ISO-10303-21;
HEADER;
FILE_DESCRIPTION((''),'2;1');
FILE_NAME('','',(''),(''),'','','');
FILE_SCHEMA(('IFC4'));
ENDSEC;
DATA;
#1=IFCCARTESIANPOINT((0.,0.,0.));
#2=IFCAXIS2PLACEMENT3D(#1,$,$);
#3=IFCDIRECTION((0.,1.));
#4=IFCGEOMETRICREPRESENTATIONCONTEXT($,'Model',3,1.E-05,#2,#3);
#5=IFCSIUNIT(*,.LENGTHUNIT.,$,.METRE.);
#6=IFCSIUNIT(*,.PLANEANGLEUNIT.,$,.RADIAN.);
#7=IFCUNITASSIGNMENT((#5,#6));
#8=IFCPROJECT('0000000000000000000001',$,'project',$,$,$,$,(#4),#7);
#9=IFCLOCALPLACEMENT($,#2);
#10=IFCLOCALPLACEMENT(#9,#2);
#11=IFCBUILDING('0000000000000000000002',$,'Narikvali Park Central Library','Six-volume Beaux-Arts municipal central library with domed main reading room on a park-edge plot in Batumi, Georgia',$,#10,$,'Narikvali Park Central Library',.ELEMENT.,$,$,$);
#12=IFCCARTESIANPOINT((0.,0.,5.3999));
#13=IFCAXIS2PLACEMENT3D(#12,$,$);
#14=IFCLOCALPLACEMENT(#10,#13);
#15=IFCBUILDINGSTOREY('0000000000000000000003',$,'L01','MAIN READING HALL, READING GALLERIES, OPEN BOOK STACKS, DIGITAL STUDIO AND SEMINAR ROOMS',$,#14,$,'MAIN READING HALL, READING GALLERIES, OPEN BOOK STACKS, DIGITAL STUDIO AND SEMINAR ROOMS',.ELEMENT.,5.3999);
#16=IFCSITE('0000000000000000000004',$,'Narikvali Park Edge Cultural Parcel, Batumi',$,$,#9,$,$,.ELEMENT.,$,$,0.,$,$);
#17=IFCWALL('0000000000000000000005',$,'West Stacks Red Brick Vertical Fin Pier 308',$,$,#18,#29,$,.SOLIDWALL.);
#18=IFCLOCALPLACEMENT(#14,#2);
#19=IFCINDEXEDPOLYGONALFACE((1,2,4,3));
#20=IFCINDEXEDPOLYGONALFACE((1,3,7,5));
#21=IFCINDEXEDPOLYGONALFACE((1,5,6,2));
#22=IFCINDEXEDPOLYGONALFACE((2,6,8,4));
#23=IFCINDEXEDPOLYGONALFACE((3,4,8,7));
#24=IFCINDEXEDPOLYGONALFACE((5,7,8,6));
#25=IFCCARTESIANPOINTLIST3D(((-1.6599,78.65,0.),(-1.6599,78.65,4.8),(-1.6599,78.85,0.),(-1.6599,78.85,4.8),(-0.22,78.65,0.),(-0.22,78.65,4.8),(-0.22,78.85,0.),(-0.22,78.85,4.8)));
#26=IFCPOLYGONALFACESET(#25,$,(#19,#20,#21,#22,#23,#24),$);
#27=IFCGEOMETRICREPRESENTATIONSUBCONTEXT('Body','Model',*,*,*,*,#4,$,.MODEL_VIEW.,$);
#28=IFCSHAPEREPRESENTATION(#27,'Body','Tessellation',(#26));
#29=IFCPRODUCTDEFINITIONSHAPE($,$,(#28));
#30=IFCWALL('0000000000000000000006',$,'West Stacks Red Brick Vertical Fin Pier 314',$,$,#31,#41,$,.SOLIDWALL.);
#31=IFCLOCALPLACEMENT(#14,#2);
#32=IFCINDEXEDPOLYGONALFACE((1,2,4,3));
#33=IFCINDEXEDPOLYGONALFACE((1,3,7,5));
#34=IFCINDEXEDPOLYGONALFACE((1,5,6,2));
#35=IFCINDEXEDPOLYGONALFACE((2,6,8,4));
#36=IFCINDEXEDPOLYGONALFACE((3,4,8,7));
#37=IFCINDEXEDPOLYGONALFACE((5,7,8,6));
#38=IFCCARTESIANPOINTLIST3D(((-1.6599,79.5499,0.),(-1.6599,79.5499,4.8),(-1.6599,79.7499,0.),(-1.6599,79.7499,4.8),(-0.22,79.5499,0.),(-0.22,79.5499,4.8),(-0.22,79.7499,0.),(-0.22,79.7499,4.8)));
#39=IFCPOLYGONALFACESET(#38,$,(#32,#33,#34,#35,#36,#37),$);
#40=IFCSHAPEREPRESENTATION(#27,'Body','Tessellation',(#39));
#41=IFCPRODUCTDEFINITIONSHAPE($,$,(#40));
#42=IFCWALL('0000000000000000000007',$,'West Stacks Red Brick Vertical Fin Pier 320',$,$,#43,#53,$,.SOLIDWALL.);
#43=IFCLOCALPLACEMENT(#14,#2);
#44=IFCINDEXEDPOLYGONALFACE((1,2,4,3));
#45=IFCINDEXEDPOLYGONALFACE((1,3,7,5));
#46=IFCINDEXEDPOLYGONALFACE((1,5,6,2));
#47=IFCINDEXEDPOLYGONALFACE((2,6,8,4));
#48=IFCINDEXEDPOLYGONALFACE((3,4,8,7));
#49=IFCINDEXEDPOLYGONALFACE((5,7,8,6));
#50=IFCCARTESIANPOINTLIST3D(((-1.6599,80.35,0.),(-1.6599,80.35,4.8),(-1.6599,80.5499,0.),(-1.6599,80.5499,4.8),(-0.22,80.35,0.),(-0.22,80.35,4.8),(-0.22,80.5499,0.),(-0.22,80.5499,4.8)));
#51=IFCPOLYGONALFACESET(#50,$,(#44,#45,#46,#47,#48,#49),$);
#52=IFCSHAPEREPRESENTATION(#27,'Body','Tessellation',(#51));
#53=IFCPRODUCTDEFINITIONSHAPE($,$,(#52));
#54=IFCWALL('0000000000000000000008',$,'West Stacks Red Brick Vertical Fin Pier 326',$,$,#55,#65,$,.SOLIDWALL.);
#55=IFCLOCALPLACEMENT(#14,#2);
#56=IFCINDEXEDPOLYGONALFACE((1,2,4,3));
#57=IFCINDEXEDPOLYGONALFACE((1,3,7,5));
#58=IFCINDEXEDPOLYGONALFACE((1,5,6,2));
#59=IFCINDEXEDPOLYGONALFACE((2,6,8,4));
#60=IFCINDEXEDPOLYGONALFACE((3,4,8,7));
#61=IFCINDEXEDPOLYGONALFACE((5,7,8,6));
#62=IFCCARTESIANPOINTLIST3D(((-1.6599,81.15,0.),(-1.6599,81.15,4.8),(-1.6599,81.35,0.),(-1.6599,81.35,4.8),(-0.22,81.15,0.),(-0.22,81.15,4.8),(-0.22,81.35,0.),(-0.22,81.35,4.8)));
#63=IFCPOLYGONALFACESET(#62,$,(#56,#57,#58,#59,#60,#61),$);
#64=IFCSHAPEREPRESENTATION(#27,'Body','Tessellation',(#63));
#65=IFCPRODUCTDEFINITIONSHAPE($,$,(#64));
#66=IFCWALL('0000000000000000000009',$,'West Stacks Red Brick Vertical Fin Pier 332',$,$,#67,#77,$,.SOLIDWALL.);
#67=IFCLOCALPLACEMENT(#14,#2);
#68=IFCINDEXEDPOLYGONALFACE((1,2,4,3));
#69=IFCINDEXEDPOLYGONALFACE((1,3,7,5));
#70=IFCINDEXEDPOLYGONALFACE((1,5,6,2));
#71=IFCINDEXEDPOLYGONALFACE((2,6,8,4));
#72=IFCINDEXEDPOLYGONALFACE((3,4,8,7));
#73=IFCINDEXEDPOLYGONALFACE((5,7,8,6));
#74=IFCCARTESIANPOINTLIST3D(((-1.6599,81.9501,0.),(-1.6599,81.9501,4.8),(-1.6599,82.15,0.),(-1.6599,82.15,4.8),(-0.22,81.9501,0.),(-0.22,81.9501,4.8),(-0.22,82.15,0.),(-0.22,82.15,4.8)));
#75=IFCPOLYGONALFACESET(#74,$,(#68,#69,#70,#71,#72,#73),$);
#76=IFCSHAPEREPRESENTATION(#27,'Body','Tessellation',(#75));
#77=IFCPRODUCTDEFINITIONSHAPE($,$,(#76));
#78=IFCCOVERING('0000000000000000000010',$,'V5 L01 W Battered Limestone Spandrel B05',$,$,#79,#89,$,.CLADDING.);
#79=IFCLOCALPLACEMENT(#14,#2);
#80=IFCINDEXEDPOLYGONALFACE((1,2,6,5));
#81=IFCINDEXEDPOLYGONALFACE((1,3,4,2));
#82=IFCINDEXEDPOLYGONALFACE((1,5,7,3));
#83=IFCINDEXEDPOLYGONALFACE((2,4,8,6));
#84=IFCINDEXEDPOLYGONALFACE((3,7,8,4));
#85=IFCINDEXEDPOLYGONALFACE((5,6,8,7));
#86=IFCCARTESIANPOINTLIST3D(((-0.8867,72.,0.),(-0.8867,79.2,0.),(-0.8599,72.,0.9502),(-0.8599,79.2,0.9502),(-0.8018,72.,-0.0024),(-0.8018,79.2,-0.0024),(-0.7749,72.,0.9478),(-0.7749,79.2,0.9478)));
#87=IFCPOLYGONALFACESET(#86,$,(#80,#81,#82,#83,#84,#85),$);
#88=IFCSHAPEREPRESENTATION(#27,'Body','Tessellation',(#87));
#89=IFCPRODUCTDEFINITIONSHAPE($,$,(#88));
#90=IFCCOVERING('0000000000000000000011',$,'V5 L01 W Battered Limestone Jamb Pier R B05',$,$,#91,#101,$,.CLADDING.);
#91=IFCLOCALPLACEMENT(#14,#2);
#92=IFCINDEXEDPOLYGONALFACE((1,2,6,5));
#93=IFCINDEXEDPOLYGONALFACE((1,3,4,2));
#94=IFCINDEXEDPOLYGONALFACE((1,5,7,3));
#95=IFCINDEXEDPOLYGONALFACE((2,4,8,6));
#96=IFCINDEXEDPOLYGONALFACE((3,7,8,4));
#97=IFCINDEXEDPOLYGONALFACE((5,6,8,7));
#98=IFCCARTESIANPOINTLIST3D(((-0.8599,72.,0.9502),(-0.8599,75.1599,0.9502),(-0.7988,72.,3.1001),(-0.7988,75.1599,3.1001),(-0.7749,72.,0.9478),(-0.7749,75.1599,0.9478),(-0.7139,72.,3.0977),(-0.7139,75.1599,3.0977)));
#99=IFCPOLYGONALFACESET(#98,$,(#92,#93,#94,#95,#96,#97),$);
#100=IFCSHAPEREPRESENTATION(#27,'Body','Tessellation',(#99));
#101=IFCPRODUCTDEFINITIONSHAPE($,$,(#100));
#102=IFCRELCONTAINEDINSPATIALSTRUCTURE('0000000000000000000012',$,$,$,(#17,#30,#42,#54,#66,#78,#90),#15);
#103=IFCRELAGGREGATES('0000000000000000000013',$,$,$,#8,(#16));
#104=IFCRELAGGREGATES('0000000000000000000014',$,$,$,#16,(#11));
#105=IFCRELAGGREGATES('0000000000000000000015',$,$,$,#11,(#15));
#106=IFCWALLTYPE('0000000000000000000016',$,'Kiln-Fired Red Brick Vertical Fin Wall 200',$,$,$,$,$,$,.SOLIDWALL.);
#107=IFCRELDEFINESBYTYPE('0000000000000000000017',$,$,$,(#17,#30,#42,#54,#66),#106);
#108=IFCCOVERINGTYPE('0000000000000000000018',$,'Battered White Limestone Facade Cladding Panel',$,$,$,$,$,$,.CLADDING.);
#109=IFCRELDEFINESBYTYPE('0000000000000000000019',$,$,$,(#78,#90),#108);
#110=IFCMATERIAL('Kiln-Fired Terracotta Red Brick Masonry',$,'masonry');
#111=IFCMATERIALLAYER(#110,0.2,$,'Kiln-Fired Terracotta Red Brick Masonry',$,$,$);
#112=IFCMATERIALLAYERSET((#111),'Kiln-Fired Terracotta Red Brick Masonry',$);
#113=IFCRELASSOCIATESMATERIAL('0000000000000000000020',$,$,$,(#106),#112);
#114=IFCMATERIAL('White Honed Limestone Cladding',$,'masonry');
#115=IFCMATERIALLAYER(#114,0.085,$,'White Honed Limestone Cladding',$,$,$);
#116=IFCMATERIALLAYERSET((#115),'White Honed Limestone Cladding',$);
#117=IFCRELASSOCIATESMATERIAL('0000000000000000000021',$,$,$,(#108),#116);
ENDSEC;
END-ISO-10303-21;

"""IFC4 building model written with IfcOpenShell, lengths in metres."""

from ifc_helpers import new_model, si_unit, direction, frame, frame_2d, origin, place, context, subcontext, project, spatial, polyline, rectangle, outline, extrude, material, layer, layer_set, type_object, element, save


model = new_model("IFC4")

# Units and contexts
model_context = context("Model", 3, precision=1e-05, world=origin(), true_north=direction((0.0, 1.0)))
body_context = subcontext(model_context, "Body", "Model", "MODEL_VIEW")
ifc_project = project(units=[si_unit("LENGTHUNIT", "METRE"), si_unit("PLANEANGLEUNIT", "RADIAN")], contexts=[model_context])

# Site, building, storey
site_placement = place(None, origin())
site = spatial("IfcSite", under=ifc_project, at=site_placement, Name="Narikvali Park Edge Cultural Parcel, Batumi", CompositionType="ELEMENT", RefElevation=0.0)
building_placement = place(site_placement, origin())
building = spatial("IfcBuilding", under=site, at=building_placement, Name="Narikvali Park Central Library", Description="Six-volume Beaux-Arts municipal central library with domed main reading room on a park-edge plot in Batumi, Georgia", LongName="Narikvali Park Central Library", CompositionType="ELEMENT")
storey_placement = place(building_placement, frame((0.0, 0.0, 5.3999)))
storey = spatial("IfcBuildingStorey", under=building, at=storey_placement, Name="L01", Description="MAIN READING HALL, READING GALLERIES, OPEN BOOK STACKS, DIGITAL STUDIO AND SEMINAR ROOMS", LongName="MAIN READING HALL, READING GALLERIES, OPEN BOOK STACKS, DIGITAL STUDIO AND SEMINAR ROOMS", CompositionType="ELEMENT", Elevation=5.3999)

# Walls
ifc_material_1 = material(Name="Kiln-Fired Terracotta Red Brick Masonry", Category="masonry")
ifc_layer_1 = layer(ifc_material_1, 0.2, Name="Kiln-Fired Terracotta Red Brick Masonry")
ifc_layer_set_1 = layer_set([ifc_layer_1], Name="Kiln-Fired Terracotta Red Brick Masonry")
wall_type = type_object("IfcWallType", Name="Kiln-Fired Red Brick Vertical Fin Wall 200", PredefinedType="SOLIDWALL", material=ifc_layer_set_1)
for number, where, z_axis, x_axis, name in (
    (1, (-1.6599, 78.75, 0.0), (0.0, 0.0, 1.0), (1.0, 0.0, 0.0), "West Stacks Red Brick Vertical Fin Pier 308"),
    (2, (-1.6599, 79.6499, 0.0), (0.0, 0.0, 1.0), (1.0, 0.0, 0.0), "West Stacks Red Brick Vertical Fin Pier 314"),
    (3, (-1.6599, 80.45, 0.0), (0.0, 0.0, 1.0), (1.0, 0.0, 0.0), "West Stacks Red Brick Vertical Fin Pier 320"),
    (4, (-1.6599, 81.25, 0.0), (0.0, 0.0, 1.0), (1.0, 0.0, 0.0), "West Stacks Red Brick Vertical Fin Pier 326"),
    (5, (-1.6599, 82.05, 0.0), (0.0, 0.0, 1.0), (1.0, 0.0, 0.0), "West Stacks Red Brick Vertical Fin Pier 332"),
):
    element("IfcWall", number, at=place(storey_placement, frame(where, z_axis=z_axis, x_axis=x_axis)), inside=storey, type_object=wall_type, Name=name, PredefinedType="SOLIDWALL", context=body_context, shape_type="SweptSolid", body=[
        extrude(rectangle(XDim=1.4399, YDim=0.2, at=frame_2d((0.72, 0.0))), origin(), (0.0, 0.0, 1.0), 4.8),
    ])

# Coverings
ifc_material_2 = material(Name="White Honed Limestone Cladding", Category="masonry")
ifc_layer_2 = layer(ifc_material_2, 0.085, Name="White Honed Limestone Cladding")
ifc_layer_set_2 = layer_set([ifc_layer_2], Name="White Honed Limestone Cladding")
covering_type = type_object("IfcCoveringType", Name="Battered White Limestone Facade Cladding Panel", PredefinedType="CLADDING", material=ifc_layer_set_2)
covering_1_placement = place(storey_placement, frame((-0.8867, 79.2, 0.0), z_axis=(-0.999601, 0.0, 0.028252), x_axis=(0.0, -1.0, 0.0)))
element("IfcCovering", 6, at=covering_1_placement, inside=storey, type_object=covering_type, Name="V5 L01 W Battered Limestone Spandrel B05", PredefinedType="CLADDING", context=body_context, shape_type="SweptSolid", body=[
    extrude(outline(polyline([(0.0, 0.0), (7.2, 0.0), (7.2, 0.9506), (0.0, 0.9506), (0.0, 0.0)])), origin(), (0.0, 0.0, -1.0), 0.085),
])
covering_2_placement = place(storey_placement, frame((-0.8599, 75.1599, 0.9502), z_axis=(-0.999597, 0.0, 0.028378), x_axis=(0.0, -1.0, 0.0)))
element("IfcCovering", 7, at=covering_2_placement, inside=storey, type_object=covering_type, Name="V5 L01 W Battered Limestone Jamb Pier R B05", PredefinedType="CLADDING", context=body_context, shape_type="SweptSolid", body=[
    extrude(outline(polyline([(0.0, 0.0), (3.1599, 0.0), (3.1599, 2.1508), (0.0, 2.1508), (0.0, 0.0)])), origin(), (0.0, 0.0, -1.0), 0.085),
])

save(model, "model.ifc")
